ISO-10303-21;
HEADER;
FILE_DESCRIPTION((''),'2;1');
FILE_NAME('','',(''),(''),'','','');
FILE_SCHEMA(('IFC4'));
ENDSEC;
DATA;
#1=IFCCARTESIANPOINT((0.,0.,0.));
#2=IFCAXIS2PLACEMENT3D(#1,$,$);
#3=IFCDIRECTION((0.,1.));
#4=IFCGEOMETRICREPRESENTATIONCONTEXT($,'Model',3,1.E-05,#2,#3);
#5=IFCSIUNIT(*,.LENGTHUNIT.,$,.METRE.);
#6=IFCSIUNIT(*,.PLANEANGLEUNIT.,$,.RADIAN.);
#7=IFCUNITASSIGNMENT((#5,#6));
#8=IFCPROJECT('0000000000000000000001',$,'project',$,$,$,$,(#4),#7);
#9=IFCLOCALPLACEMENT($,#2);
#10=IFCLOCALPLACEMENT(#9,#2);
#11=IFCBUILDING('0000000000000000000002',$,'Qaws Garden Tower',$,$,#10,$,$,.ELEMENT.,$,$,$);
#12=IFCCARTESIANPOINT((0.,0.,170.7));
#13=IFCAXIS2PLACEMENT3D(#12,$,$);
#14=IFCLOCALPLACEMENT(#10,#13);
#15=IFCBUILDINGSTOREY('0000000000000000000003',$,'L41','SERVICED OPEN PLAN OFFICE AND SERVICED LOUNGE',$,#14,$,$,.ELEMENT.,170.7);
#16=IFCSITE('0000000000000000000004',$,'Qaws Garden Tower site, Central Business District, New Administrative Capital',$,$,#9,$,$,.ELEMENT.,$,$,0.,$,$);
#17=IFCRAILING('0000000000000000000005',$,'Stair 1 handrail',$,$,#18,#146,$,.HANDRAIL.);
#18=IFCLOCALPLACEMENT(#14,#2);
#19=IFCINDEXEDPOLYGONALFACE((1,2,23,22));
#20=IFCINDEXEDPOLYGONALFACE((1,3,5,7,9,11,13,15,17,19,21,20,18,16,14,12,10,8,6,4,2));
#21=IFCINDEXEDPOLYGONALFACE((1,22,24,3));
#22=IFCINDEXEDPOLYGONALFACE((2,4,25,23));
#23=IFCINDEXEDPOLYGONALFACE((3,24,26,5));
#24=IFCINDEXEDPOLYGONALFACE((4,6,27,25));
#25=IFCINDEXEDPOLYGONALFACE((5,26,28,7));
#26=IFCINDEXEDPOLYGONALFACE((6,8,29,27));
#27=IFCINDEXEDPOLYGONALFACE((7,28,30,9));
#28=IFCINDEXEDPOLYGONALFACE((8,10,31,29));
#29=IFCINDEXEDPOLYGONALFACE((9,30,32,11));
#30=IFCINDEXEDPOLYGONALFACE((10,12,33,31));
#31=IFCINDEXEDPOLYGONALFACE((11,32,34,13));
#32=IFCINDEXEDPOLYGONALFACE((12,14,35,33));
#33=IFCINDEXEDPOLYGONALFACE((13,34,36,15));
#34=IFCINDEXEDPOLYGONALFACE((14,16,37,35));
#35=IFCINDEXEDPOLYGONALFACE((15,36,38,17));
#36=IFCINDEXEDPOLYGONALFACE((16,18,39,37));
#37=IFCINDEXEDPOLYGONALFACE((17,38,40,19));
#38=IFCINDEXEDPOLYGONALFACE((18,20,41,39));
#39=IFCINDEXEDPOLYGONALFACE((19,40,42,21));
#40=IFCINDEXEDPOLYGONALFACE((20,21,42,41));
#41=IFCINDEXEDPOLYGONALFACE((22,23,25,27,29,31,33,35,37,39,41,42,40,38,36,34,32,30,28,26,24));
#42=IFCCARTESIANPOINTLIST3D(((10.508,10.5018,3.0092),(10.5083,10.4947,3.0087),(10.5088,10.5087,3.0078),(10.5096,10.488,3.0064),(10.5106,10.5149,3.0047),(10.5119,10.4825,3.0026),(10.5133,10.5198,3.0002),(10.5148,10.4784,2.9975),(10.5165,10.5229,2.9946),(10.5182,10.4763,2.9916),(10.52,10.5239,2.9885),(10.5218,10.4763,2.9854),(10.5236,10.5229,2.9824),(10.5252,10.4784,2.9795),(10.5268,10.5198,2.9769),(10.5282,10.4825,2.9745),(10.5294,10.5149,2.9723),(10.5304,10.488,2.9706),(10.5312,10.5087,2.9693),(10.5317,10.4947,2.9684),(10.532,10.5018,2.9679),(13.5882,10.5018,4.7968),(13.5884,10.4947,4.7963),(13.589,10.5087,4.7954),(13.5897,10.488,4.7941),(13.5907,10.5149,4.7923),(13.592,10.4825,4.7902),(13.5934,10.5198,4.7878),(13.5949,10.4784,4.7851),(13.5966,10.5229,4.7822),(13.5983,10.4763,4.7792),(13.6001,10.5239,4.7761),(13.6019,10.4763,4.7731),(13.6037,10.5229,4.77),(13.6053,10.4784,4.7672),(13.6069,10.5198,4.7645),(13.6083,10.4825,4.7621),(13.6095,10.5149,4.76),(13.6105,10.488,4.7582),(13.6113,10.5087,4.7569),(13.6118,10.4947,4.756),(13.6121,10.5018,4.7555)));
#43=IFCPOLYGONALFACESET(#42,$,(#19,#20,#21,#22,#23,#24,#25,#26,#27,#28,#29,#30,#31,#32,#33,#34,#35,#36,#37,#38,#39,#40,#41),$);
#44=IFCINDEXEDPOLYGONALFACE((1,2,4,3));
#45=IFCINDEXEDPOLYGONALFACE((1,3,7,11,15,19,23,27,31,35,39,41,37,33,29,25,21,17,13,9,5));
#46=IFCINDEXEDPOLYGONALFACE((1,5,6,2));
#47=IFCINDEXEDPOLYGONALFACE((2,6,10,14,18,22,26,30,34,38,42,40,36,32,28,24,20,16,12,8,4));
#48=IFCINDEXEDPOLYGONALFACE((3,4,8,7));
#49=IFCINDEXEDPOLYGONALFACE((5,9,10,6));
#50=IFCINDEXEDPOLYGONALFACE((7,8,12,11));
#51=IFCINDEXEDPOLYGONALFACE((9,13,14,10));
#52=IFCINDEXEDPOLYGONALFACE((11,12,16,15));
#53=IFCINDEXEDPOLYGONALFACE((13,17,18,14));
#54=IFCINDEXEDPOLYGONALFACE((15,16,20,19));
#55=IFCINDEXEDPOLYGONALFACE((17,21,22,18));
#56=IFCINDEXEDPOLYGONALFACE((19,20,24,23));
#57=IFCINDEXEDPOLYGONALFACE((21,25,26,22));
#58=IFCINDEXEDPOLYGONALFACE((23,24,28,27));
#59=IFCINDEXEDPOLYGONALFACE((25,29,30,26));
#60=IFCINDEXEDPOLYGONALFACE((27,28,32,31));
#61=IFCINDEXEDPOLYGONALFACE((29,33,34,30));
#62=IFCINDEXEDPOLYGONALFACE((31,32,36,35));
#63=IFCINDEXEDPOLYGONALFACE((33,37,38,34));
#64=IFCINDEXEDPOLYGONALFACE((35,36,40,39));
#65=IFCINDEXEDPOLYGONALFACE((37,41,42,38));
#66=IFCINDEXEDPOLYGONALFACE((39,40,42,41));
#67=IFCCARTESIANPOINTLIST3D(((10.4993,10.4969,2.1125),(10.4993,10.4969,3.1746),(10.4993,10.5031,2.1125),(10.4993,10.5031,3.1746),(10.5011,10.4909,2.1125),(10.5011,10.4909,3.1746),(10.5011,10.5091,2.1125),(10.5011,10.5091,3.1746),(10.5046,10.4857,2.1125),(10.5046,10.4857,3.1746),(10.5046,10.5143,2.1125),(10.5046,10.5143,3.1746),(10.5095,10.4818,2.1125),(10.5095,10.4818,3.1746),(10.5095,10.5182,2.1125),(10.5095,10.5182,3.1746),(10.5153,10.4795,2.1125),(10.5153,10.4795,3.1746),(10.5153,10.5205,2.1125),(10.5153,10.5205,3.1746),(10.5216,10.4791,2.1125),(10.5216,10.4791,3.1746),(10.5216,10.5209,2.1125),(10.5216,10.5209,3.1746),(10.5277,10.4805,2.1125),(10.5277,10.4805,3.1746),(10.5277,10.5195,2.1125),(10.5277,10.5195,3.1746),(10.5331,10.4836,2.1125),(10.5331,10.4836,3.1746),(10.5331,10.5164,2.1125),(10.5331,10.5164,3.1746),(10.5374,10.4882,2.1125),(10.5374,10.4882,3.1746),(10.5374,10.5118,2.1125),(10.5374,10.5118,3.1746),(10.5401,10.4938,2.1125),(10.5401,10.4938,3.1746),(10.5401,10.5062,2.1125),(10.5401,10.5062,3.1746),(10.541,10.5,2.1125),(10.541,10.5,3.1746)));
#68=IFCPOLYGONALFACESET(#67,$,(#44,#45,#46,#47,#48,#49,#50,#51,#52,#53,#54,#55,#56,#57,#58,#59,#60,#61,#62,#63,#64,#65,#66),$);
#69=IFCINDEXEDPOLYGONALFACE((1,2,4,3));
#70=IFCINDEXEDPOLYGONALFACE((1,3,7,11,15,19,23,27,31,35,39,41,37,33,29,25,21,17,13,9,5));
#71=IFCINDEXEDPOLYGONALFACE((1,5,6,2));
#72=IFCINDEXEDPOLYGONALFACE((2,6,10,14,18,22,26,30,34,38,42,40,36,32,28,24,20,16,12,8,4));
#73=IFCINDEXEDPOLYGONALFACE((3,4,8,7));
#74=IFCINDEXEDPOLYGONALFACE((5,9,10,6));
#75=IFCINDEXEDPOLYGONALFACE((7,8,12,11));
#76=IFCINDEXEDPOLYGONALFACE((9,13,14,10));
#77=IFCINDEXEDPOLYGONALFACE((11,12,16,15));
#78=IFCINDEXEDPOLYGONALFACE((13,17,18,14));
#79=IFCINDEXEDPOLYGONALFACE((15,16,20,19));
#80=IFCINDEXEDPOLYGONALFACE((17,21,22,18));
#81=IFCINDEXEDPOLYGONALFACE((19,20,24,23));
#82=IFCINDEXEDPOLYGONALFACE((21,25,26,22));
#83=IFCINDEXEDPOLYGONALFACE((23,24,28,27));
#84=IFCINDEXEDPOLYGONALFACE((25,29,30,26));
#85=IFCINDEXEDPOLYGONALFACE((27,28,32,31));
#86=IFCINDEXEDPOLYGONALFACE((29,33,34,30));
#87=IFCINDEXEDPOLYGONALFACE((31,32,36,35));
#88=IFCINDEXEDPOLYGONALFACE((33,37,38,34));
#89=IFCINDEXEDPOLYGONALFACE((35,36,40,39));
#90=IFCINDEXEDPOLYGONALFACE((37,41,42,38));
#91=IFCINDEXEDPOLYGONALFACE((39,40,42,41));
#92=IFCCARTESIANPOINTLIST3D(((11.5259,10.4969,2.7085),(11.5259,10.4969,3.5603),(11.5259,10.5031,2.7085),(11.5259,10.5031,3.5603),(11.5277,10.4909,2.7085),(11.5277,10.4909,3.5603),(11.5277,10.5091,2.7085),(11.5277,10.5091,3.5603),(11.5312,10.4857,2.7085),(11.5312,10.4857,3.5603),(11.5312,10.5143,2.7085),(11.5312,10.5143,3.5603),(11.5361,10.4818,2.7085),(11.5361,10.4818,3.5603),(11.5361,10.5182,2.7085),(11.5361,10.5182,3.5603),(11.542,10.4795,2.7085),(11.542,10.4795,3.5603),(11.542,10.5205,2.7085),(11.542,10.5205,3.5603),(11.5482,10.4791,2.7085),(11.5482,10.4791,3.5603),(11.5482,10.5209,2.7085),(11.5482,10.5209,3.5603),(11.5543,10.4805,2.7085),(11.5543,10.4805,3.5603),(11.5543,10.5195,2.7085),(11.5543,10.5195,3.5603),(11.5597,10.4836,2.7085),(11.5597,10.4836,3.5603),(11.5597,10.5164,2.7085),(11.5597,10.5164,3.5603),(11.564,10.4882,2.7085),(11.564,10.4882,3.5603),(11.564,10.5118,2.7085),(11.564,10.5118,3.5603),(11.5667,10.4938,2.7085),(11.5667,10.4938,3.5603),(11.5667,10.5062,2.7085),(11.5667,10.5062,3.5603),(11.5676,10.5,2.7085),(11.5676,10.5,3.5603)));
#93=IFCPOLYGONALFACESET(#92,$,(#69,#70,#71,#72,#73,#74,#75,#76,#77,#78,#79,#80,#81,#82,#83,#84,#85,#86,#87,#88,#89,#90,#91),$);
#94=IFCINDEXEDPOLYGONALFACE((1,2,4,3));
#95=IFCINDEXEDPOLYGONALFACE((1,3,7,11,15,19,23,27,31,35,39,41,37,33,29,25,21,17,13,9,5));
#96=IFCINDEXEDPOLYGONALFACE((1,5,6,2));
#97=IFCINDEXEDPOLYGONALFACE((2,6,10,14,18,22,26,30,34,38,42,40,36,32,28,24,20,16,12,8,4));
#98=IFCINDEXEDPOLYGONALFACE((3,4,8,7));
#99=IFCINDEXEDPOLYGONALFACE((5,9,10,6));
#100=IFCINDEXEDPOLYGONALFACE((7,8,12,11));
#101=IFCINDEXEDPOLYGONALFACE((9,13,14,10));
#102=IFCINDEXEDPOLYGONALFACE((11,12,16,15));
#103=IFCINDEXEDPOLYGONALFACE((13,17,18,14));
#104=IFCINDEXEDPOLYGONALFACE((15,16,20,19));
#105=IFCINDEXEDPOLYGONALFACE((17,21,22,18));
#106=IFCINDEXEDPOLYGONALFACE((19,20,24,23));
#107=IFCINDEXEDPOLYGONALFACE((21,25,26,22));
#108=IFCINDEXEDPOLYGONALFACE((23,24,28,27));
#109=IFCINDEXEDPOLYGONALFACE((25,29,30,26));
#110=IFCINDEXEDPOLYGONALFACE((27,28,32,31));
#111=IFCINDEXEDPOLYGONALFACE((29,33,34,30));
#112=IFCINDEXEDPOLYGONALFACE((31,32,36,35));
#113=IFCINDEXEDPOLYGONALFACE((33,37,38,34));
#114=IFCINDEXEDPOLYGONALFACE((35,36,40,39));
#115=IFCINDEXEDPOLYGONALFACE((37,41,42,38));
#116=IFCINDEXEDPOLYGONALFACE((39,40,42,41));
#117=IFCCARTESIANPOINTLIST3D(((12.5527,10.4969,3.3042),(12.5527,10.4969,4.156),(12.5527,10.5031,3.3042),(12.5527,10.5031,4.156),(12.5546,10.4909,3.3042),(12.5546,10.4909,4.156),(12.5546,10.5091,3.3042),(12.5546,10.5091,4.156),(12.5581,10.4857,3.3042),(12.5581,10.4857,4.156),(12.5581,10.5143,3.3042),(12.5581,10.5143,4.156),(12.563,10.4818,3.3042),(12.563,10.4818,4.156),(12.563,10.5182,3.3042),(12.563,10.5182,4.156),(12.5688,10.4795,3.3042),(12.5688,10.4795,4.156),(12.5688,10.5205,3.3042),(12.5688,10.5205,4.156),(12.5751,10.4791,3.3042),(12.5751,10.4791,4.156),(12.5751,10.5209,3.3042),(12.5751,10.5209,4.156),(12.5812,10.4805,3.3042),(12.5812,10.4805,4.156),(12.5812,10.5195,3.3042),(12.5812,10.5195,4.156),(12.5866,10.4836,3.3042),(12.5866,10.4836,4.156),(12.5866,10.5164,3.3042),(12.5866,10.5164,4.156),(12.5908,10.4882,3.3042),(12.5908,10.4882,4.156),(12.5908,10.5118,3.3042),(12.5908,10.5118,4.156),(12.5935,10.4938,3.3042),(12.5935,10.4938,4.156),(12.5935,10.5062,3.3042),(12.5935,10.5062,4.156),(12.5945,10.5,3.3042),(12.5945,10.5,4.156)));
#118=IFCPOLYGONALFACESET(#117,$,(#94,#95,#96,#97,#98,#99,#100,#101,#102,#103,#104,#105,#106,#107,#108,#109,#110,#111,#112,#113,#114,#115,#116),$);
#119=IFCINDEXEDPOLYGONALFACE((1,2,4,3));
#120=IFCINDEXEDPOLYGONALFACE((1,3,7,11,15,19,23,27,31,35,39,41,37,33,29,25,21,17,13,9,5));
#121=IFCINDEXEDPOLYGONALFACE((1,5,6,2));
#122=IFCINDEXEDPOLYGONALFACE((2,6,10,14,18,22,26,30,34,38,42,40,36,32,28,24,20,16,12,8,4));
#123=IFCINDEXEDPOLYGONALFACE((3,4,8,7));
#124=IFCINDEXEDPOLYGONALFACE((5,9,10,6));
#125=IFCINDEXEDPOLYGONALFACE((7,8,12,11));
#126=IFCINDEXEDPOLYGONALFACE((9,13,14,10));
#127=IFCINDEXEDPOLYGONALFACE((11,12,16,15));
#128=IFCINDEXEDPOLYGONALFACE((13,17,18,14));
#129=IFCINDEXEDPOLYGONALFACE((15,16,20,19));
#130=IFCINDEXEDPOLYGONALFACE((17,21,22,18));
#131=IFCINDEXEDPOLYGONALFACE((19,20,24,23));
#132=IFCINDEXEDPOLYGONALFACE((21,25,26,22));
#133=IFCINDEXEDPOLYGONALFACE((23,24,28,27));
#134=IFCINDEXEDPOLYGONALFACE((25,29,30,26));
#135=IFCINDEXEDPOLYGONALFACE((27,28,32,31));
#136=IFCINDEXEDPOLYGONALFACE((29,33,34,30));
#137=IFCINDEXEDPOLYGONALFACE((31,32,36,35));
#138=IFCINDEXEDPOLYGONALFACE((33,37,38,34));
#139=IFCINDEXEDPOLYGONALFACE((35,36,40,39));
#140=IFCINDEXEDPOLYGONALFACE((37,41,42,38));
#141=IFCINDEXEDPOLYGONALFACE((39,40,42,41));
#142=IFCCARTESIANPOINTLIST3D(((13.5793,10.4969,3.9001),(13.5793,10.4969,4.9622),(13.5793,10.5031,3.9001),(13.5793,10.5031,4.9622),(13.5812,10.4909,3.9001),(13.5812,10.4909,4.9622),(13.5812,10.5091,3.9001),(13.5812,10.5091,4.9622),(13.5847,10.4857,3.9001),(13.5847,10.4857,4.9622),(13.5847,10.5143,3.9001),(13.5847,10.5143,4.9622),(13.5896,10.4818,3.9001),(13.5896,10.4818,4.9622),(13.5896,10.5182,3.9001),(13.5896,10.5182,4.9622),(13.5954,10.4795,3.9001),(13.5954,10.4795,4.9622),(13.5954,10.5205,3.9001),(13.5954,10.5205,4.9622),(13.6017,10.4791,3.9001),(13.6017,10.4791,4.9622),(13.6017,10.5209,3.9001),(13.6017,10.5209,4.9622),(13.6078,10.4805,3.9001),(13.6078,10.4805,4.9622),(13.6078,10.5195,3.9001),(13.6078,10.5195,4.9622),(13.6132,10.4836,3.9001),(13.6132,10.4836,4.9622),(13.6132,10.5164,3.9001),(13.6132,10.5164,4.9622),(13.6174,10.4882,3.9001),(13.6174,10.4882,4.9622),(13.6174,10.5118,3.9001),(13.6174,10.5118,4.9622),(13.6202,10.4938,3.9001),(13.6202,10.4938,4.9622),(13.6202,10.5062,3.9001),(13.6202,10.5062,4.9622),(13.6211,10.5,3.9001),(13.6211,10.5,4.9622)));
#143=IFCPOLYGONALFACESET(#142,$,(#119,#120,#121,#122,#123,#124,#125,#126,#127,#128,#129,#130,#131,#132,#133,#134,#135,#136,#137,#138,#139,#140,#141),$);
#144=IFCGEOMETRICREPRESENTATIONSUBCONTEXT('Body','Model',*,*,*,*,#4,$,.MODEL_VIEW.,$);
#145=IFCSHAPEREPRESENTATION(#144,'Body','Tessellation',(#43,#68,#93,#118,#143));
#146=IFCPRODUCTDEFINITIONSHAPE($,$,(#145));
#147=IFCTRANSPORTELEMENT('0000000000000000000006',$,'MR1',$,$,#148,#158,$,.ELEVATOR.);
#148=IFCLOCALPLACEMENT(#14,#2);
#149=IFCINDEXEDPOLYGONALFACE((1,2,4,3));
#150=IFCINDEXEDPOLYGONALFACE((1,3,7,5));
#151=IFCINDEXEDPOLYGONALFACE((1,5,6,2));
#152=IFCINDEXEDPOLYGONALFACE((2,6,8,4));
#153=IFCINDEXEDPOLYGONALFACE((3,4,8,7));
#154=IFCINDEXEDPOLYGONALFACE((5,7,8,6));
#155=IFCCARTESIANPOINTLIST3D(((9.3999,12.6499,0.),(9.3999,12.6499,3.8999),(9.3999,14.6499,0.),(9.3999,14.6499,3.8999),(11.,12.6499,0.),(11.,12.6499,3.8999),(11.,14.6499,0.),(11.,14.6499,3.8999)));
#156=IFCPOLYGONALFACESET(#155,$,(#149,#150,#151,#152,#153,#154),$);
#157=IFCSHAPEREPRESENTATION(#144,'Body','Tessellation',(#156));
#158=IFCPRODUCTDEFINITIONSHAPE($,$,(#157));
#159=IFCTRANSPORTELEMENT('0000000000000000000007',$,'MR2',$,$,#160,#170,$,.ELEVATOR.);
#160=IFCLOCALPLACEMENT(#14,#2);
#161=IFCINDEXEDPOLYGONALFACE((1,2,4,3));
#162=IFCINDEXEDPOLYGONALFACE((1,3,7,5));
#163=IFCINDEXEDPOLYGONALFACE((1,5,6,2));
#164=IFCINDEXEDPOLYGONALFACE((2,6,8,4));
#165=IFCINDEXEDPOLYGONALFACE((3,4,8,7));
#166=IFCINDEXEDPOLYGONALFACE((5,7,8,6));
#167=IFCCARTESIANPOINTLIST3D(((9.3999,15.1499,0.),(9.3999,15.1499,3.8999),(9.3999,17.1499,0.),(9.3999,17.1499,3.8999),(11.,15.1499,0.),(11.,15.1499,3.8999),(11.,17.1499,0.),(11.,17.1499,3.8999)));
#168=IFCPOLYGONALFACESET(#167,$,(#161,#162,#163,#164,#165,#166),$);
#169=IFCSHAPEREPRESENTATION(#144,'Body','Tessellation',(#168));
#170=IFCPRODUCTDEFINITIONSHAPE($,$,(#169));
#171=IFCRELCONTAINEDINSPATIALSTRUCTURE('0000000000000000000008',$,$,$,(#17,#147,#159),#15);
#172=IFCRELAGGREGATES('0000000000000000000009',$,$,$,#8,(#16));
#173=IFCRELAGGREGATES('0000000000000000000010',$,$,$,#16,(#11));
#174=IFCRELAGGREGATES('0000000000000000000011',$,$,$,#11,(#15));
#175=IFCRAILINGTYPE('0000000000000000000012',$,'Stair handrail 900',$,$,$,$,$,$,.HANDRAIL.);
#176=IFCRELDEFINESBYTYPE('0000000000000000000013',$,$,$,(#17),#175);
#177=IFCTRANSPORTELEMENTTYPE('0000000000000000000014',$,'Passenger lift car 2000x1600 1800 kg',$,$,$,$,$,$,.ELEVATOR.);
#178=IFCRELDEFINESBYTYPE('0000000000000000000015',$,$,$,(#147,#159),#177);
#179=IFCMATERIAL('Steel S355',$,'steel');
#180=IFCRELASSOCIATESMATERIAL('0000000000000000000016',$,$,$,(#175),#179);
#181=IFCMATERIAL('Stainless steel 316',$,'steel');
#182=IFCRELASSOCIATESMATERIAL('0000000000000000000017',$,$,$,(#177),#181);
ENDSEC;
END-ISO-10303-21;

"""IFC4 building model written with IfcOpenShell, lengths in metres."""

from ifc_helpers import new_model, si_unit, direction, frame, origin, origin_2d, place, context, subcontext, project, spatial, rectangle, circle, extrude, material, type_object, element, save


model = new_model("IFC4")

# Units and contexts
model_context = context("Model", 3, precision=1e-05, world=origin(), true_north=direction((0.0, 1.0)))
body_context = subcontext(model_context, "Body", "Model", "MODEL_VIEW")
ifc_project = project(units=[si_unit("LENGTHUNIT", "METRE"), si_unit("PLANEANGLEUNIT", "RADIAN")], contexts=[model_context])

# Site, building, storey
site_placement = place(None, origin())
site = spatial("IfcSite", under=ifc_project, at=site_placement, Name="Qaws Garden Tower site, Central Business District, New Administrative Capital", CompositionType="ELEMENT", RefElevation=0.0)
building_placement = place(site_placement, origin())
building = spatial("IfcBuilding", under=site, at=building_placement, Name="Qaws Garden Tower", CompositionType="ELEMENT")
storey_placement = place(building_placement, frame((0.0, 0.0, 170.7)))
storey = spatial("IfcBuildingStorey", under=building, at=storey_placement, Name="L41", Description="SERVICED OPEN PLAN OFFICE AND SERVICED LOUNGE", CompositionType="ELEMENT", Elevation=170.7)

# Railing
ifc_material_1 = material(Name="Steel S355", Category="steel")
railing_type = type_object("IfcRailingType", Name="Stair handrail 900", PredefinedType="HANDRAIL", material=ifc_material_1)
railing_1_placement = place(storey_placement, frame((10.52, 10.5, 2.1125)))
element("IfcRailing", 1, at=railing_1_placement, inside=storey, type_object=railing_type, Name="Stair 1 handrail", PredefinedType="HANDRAIL", context=body_context, shape_type="SweptSolid", body=[
    extrude(circle(Radius=0.0239, at=origin_2d()), frame((0.0, 0.0, 0.876), z_axis=(0.864891, 0.0, 0.50196), x_axis=(0.0, 1.0, 0.0)), (0.0, 0.0, 1.0), 3.5613),
    extrude(circle(Radius=0.021, at=origin_2d()), origin(), (0.0, 0.0, 1.0), 1.062),
    extrude(circle(Radius=0.021, at=origin_2d()), frame((1.0266, 0.0, 0.5959)), (0.0, 0.0, 1.0), 0.8518),
    extrude(circle(Radius=0.021, at=origin_2d()), frame((2.0535, 0.0, 1.1917)), (0.0, 0.0, 1.0), 0.8518),
    extrude(circle(Radius=0.021, at=origin_2d()), frame((3.0801, 0.0, 1.7876)), (0.0, 0.0, 1.0), 1.062),
])

# Transport elements
ifc_material_2 = material(Name="Stainless steel 316", Category="steel")
transport_element_type = type_object("IfcTransportElementType", Name="Passenger lift car 2000x1600 1800 kg", PredefinedType="ELEVATOR", material=ifc_material_2)
for number, where, z_axis, x_axis, name in (
    (2, (10.2, 13.6499, 0.0), (0.0, 0.0, 1.0), (1.0, 0.0, 0.0), "MR1"),
    (3, (10.2, 16.1499, 0.0), (0.0, 0.0, 1.0), (1.0, 0.0, 0.0), "MR2"),
):
    element("IfcTransportElement", number, at=place(storey_placement, frame(where, z_axis=z_axis, x_axis=x_axis)), inside=storey, type_object=transport_element_type, Name=name, PredefinedType="ELEVATOR", context=body_context, shape_type="SweptSolid", body=[
        extrude(rectangle(XDim=1.6001, YDim=2.0, at=origin_2d()), origin(), (0.0, 0.0, 1.0), 3.8999),
    ])

save(model, "model.ifc")
